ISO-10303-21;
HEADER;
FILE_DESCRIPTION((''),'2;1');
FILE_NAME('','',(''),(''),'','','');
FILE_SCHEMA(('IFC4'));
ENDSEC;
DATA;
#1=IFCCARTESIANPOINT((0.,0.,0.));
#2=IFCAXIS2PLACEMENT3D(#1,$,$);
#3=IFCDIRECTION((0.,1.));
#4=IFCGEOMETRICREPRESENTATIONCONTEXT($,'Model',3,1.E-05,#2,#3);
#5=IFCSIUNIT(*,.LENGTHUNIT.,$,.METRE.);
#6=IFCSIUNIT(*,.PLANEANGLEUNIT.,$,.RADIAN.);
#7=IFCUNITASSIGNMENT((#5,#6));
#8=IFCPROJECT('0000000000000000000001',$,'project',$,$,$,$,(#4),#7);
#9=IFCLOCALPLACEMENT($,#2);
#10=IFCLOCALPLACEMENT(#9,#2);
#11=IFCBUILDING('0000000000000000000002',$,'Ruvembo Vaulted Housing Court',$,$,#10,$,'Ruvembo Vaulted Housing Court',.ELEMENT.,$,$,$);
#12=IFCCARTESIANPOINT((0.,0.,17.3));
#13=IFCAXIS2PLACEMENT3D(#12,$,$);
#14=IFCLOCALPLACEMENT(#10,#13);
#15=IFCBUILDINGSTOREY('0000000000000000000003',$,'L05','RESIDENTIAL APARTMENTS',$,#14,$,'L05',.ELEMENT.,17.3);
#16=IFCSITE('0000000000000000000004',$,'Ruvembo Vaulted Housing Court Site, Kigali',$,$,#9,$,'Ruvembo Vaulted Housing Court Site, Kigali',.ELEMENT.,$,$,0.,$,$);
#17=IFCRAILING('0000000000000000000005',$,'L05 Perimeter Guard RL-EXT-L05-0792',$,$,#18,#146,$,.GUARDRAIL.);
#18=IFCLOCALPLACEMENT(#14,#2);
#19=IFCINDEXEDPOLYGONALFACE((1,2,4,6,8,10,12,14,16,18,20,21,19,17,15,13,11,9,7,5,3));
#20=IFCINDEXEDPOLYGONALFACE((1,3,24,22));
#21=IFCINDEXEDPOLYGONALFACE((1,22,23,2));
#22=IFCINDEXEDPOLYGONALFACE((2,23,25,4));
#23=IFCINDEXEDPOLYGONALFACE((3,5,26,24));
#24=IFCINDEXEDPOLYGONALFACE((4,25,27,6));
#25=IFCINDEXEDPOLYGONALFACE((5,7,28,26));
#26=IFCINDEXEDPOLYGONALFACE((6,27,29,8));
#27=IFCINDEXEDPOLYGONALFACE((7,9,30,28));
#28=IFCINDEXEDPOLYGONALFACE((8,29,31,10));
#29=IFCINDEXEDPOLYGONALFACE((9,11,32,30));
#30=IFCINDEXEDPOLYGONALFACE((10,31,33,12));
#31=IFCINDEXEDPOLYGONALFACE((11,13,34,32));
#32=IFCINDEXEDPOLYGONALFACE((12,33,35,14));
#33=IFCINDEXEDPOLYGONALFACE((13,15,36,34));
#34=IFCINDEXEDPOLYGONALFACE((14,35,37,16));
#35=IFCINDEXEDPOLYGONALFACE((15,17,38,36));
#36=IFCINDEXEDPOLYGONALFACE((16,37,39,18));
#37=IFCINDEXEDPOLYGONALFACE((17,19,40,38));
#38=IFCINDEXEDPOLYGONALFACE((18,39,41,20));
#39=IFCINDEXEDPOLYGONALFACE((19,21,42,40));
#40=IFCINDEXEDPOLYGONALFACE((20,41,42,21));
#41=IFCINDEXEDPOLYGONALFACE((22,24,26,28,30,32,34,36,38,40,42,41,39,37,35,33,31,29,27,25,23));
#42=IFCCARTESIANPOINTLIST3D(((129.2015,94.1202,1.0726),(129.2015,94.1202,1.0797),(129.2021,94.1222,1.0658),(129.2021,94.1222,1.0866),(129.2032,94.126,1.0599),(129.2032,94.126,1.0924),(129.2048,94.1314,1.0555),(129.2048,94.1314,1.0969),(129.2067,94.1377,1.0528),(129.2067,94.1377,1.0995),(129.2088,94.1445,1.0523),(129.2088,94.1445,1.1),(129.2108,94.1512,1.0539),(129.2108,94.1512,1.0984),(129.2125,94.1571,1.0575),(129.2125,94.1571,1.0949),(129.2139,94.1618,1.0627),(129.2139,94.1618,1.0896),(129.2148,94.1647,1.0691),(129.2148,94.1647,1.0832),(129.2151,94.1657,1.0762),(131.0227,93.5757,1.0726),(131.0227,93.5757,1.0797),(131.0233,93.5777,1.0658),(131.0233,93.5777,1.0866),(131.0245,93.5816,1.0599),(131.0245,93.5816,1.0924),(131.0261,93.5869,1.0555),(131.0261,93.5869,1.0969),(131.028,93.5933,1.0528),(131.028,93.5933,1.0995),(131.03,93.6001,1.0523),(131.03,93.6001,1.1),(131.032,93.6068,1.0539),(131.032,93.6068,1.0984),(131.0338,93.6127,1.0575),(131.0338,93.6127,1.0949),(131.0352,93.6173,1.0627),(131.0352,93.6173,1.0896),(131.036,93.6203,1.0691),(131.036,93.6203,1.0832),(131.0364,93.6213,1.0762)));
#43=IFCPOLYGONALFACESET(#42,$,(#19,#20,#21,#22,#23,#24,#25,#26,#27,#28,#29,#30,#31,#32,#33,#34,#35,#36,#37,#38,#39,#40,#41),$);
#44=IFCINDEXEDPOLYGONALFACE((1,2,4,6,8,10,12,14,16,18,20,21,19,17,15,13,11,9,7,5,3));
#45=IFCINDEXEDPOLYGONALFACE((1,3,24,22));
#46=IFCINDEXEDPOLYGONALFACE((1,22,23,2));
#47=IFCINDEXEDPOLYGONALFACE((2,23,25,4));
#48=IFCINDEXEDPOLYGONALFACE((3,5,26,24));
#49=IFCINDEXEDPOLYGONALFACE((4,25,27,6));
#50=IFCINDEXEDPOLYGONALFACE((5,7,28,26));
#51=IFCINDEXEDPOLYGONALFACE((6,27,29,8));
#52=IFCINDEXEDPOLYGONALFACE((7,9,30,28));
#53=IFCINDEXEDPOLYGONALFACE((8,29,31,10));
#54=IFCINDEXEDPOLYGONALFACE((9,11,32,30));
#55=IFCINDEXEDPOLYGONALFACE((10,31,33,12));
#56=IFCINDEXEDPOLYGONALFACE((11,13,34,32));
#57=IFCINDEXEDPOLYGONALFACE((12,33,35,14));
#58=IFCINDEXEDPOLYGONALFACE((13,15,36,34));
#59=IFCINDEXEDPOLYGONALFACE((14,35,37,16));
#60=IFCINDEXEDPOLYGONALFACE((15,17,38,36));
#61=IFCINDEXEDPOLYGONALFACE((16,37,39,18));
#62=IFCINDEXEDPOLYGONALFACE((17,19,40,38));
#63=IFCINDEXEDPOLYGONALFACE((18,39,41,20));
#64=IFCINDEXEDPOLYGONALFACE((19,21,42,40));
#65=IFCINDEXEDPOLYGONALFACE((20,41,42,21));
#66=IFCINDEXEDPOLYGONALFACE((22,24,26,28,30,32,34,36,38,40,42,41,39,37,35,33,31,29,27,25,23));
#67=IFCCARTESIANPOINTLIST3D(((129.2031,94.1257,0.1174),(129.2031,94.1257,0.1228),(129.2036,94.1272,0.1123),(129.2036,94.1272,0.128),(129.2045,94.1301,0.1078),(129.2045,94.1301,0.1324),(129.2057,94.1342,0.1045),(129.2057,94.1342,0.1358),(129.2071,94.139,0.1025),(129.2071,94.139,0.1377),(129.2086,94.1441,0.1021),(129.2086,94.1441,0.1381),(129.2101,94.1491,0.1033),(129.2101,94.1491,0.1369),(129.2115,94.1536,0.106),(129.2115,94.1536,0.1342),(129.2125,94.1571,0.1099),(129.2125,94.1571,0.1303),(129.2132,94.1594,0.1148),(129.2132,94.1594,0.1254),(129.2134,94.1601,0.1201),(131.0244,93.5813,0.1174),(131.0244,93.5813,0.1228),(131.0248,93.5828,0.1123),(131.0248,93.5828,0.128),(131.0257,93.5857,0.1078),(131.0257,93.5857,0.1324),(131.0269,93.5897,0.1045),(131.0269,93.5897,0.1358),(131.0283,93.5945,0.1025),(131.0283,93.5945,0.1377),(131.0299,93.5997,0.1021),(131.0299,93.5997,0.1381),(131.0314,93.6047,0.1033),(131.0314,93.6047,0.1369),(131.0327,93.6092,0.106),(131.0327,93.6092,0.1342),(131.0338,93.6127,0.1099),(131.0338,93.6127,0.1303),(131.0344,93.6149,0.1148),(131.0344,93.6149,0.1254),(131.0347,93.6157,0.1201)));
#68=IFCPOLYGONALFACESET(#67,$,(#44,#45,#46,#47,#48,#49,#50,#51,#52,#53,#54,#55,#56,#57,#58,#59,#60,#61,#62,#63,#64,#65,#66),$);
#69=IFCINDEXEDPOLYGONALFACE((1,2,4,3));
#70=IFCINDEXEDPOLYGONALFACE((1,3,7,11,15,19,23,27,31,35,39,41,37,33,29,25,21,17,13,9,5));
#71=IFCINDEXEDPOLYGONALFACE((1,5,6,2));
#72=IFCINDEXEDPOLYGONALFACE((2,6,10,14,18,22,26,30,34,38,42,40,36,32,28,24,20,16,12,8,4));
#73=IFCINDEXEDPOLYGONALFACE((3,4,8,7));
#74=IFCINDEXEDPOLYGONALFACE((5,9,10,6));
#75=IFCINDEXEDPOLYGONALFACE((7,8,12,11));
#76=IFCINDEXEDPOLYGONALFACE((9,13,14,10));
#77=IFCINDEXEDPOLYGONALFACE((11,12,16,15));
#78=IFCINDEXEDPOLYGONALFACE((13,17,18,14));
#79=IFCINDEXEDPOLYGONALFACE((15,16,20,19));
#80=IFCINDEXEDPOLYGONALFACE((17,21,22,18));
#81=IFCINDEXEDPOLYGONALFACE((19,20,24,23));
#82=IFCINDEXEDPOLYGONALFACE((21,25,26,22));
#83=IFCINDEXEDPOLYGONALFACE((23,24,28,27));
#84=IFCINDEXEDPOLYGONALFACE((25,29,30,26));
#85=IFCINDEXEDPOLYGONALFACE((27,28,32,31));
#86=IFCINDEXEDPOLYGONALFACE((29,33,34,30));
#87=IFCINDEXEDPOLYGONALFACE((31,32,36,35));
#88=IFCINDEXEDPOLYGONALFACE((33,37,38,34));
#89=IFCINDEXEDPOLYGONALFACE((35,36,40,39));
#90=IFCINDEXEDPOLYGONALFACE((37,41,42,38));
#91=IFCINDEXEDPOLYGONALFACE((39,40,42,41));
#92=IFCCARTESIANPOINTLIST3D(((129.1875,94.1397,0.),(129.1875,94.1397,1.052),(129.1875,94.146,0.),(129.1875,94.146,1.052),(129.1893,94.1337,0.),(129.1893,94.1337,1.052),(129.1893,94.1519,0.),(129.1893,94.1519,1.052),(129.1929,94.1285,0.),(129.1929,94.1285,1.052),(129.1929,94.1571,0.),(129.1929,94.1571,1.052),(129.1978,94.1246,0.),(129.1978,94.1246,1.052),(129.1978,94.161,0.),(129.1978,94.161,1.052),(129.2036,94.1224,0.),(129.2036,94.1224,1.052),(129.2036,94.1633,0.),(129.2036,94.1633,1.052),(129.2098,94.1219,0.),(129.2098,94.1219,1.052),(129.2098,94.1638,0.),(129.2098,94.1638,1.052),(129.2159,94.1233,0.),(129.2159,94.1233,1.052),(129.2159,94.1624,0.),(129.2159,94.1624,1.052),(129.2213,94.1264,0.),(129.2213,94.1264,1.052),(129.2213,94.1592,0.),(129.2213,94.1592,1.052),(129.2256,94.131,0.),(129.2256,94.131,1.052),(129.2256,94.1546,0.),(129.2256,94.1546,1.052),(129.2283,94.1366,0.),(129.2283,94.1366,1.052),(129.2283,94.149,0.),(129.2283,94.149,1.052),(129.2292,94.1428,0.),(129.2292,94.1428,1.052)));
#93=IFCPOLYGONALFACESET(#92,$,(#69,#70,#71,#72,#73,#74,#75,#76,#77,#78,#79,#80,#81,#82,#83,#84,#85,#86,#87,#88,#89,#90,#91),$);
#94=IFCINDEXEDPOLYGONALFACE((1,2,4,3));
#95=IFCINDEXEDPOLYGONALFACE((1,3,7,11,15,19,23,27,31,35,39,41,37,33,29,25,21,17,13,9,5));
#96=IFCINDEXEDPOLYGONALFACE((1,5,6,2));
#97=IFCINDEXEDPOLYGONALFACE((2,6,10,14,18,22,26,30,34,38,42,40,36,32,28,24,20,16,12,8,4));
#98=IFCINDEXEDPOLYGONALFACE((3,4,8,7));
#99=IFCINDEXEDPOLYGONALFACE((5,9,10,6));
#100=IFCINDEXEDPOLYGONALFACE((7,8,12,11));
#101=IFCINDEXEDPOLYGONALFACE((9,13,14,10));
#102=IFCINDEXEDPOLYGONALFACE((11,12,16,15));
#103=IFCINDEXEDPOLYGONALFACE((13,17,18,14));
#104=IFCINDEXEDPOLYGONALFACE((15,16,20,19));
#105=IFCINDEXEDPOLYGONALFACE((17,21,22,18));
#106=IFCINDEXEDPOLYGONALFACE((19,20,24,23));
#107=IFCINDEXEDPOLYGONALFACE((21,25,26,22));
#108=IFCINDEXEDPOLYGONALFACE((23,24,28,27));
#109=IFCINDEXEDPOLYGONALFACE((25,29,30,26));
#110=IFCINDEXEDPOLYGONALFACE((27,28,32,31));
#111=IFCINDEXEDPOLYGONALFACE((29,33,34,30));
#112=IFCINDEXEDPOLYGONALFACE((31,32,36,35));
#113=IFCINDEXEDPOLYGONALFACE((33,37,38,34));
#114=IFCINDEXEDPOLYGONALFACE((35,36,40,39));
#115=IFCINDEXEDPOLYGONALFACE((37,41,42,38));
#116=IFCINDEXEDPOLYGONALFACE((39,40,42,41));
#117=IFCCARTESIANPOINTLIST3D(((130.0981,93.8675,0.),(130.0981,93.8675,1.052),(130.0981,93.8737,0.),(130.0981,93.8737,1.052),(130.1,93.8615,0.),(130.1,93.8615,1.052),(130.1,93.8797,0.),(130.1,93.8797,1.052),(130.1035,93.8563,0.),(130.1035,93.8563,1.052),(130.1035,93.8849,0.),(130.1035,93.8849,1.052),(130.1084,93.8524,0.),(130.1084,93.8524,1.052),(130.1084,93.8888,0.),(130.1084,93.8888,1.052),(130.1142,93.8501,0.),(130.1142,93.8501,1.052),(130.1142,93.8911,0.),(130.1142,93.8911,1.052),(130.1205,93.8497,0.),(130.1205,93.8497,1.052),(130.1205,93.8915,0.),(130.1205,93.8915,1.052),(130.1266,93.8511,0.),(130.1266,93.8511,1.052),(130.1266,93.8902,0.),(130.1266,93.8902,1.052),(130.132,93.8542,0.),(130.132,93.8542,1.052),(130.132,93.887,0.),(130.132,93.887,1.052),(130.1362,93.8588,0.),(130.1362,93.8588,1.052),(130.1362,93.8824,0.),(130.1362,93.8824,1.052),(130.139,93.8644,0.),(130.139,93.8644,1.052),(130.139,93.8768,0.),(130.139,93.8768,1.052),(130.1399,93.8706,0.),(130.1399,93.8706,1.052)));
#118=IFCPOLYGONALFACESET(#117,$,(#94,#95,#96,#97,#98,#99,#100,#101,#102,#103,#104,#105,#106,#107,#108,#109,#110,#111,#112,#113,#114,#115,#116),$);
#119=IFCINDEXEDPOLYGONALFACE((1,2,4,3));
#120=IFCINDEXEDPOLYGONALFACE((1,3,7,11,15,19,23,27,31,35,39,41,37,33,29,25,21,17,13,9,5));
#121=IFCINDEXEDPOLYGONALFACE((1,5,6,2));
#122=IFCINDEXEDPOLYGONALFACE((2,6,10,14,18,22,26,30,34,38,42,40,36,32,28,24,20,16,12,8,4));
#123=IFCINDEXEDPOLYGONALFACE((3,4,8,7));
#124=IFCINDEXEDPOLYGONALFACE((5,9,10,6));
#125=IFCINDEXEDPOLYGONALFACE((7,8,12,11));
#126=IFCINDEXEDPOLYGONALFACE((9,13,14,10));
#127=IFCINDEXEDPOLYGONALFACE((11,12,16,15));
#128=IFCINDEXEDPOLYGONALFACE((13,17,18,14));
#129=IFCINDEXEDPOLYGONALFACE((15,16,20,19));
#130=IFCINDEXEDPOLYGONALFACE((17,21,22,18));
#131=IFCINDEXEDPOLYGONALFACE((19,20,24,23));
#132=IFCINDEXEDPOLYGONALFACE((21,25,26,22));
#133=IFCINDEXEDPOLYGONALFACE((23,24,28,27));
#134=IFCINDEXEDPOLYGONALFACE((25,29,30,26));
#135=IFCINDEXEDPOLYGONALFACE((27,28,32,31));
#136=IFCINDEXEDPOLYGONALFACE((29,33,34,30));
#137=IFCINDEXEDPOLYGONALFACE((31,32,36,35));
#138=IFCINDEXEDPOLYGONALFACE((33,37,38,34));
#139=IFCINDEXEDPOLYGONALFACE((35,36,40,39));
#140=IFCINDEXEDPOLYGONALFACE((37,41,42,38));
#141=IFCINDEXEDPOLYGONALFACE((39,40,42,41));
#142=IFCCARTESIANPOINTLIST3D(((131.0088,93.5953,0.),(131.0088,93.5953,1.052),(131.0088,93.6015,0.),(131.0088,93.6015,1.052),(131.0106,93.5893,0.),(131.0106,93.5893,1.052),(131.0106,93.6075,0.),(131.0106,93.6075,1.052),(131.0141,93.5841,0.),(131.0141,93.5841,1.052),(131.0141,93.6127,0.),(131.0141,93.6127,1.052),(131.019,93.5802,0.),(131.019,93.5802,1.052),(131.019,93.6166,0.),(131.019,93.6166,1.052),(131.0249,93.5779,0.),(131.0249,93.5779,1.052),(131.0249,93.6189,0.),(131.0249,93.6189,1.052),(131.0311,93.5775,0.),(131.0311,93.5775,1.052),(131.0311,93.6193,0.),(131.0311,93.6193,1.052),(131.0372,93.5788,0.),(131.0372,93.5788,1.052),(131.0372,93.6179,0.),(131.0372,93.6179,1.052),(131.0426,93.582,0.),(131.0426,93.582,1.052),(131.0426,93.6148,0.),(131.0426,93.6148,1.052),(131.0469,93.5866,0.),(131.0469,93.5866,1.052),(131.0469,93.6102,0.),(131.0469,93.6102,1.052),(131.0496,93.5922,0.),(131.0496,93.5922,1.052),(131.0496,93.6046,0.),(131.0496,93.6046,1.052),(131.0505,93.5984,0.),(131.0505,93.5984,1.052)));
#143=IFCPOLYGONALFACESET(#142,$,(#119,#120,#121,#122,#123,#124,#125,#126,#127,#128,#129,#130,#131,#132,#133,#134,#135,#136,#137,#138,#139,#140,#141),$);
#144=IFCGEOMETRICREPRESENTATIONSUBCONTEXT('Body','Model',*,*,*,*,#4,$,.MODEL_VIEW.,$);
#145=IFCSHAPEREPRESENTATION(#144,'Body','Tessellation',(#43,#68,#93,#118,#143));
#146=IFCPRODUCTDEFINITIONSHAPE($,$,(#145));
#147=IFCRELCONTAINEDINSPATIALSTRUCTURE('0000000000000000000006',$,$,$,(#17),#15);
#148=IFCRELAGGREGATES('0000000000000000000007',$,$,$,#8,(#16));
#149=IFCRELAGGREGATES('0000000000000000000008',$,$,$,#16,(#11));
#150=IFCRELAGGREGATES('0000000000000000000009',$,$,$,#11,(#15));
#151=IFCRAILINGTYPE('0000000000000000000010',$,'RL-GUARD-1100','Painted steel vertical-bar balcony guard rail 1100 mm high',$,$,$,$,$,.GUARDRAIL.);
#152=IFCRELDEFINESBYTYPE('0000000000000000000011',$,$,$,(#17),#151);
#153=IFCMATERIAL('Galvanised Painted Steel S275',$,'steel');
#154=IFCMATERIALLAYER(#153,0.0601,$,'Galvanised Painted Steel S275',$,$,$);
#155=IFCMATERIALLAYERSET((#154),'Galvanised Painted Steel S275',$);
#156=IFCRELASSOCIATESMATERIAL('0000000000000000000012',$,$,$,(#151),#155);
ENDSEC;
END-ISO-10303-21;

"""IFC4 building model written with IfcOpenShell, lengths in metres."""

from ifc_helpers import new_model, si_unit, direction, frame, origin, origin_2d, place, context, subcontext, project, spatial, circle, extrude, material, layer, layer_set, type_object, element, save


model = new_model("IFC4")

# Units and contexts
model_context = context("Model", 3, precision=1e-05, world=origin(), true_north=direction((0.0, 1.0)))
body_context = subcontext(model_context, "Body", "Model", "MODEL_VIEW")
ifc_project = project(units=[si_unit("LENGTHUNIT", "METRE"), si_unit("PLANEANGLEUNIT", "RADIAN")], contexts=[model_context])

# Site, building, storey
site_placement = place(None, origin())
site = spatial("IfcSite", under=ifc_project, at=site_placement, Name="Ruvembo Vaulted Housing Court Site, Kigali", LongName="Ruvembo Vaulted Housing Court Site, Kigali", CompositionType="ELEMENT", RefElevation=0.0)
building_placement = place(site_placement, origin())
building = spatial("IfcBuilding", under=site, at=building_placement, Name="Ruvembo Vaulted Housing Court", LongName="Ruvembo Vaulted Housing Court", CompositionType="ELEMENT")
storey_placement = place(building_placement, frame((0.0, 0.0, 17.3)))
storey = spatial("IfcBuildingStorey", under=building, at=storey_placement, Name="L05", Description="RESIDENTIAL APARTMENTS", LongName="L05", CompositionType="ELEMENT", Elevation=17.3)

# Railing
ifc_material_1 = material(Name="Galvanised Painted Steel S275", Category="steel")
ifc_layer = layer(ifc_material_1, 0.0601, Name="Galvanised Painted Steel S275")
ifc_layer_set = layer_set([ifc_layer], Name="Galvanised Painted Steel S275")
railing_type = type_object("IfcRailingType", Name="RL-GUARD-1100", Description="Painted steel vertical-bar balcony guard rail 1100 mm high", PredefinedType="GUARDRAIL", material=ifc_layer_set)
railing_1_placement = place(storey_placement, frame((129.2083, 94.1428, 0.0)))
element("IfcRailing", 1, at=railing_1_placement, inside=storey, type_object=railing_type, Name="L05 Perimeter Guard RL-EXT-L05-0792", PredefinedType="GUARDRAIL", context=body_context, shape_type="SweptSolid", body=[
    extrude(circle(Radius=0.0239, at=origin_2d()), frame((0.0, 0.0, 1.0762), z_axis=(0.958109, -0.286405, 0.0), x_axis=(0.286405, 0.958109, 0.0)), (0.0, 0.0, 1.0), 1.9009),
    extrude(circle(Radius=0.0181, at=origin_2d()), frame((0.0, 0.0, 0.1201), z_axis=(0.958109, -0.286405, 0.0), x_axis=(0.286405, 0.958109, 0.0)), (0.0, 0.0, 1.0), 1.9009),
    extrude(circle(Radius=0.021, at=origin_2d()), origin(), (0.0, 0.0, 1.0), 1.052),
    extrude(circle(Radius=0.021, at=origin_2d()), frame((0.9106, -0.2722, 0.0)), (0.0, 0.0, 1.0), 1.052),
    extrude(circle(Radius=0.021, at=origin_2d()), frame((1.8213, -0.5444, 0.0)), (0.0, 0.0, 1.0), 1.052),
])

save(model, "model.ifc")
